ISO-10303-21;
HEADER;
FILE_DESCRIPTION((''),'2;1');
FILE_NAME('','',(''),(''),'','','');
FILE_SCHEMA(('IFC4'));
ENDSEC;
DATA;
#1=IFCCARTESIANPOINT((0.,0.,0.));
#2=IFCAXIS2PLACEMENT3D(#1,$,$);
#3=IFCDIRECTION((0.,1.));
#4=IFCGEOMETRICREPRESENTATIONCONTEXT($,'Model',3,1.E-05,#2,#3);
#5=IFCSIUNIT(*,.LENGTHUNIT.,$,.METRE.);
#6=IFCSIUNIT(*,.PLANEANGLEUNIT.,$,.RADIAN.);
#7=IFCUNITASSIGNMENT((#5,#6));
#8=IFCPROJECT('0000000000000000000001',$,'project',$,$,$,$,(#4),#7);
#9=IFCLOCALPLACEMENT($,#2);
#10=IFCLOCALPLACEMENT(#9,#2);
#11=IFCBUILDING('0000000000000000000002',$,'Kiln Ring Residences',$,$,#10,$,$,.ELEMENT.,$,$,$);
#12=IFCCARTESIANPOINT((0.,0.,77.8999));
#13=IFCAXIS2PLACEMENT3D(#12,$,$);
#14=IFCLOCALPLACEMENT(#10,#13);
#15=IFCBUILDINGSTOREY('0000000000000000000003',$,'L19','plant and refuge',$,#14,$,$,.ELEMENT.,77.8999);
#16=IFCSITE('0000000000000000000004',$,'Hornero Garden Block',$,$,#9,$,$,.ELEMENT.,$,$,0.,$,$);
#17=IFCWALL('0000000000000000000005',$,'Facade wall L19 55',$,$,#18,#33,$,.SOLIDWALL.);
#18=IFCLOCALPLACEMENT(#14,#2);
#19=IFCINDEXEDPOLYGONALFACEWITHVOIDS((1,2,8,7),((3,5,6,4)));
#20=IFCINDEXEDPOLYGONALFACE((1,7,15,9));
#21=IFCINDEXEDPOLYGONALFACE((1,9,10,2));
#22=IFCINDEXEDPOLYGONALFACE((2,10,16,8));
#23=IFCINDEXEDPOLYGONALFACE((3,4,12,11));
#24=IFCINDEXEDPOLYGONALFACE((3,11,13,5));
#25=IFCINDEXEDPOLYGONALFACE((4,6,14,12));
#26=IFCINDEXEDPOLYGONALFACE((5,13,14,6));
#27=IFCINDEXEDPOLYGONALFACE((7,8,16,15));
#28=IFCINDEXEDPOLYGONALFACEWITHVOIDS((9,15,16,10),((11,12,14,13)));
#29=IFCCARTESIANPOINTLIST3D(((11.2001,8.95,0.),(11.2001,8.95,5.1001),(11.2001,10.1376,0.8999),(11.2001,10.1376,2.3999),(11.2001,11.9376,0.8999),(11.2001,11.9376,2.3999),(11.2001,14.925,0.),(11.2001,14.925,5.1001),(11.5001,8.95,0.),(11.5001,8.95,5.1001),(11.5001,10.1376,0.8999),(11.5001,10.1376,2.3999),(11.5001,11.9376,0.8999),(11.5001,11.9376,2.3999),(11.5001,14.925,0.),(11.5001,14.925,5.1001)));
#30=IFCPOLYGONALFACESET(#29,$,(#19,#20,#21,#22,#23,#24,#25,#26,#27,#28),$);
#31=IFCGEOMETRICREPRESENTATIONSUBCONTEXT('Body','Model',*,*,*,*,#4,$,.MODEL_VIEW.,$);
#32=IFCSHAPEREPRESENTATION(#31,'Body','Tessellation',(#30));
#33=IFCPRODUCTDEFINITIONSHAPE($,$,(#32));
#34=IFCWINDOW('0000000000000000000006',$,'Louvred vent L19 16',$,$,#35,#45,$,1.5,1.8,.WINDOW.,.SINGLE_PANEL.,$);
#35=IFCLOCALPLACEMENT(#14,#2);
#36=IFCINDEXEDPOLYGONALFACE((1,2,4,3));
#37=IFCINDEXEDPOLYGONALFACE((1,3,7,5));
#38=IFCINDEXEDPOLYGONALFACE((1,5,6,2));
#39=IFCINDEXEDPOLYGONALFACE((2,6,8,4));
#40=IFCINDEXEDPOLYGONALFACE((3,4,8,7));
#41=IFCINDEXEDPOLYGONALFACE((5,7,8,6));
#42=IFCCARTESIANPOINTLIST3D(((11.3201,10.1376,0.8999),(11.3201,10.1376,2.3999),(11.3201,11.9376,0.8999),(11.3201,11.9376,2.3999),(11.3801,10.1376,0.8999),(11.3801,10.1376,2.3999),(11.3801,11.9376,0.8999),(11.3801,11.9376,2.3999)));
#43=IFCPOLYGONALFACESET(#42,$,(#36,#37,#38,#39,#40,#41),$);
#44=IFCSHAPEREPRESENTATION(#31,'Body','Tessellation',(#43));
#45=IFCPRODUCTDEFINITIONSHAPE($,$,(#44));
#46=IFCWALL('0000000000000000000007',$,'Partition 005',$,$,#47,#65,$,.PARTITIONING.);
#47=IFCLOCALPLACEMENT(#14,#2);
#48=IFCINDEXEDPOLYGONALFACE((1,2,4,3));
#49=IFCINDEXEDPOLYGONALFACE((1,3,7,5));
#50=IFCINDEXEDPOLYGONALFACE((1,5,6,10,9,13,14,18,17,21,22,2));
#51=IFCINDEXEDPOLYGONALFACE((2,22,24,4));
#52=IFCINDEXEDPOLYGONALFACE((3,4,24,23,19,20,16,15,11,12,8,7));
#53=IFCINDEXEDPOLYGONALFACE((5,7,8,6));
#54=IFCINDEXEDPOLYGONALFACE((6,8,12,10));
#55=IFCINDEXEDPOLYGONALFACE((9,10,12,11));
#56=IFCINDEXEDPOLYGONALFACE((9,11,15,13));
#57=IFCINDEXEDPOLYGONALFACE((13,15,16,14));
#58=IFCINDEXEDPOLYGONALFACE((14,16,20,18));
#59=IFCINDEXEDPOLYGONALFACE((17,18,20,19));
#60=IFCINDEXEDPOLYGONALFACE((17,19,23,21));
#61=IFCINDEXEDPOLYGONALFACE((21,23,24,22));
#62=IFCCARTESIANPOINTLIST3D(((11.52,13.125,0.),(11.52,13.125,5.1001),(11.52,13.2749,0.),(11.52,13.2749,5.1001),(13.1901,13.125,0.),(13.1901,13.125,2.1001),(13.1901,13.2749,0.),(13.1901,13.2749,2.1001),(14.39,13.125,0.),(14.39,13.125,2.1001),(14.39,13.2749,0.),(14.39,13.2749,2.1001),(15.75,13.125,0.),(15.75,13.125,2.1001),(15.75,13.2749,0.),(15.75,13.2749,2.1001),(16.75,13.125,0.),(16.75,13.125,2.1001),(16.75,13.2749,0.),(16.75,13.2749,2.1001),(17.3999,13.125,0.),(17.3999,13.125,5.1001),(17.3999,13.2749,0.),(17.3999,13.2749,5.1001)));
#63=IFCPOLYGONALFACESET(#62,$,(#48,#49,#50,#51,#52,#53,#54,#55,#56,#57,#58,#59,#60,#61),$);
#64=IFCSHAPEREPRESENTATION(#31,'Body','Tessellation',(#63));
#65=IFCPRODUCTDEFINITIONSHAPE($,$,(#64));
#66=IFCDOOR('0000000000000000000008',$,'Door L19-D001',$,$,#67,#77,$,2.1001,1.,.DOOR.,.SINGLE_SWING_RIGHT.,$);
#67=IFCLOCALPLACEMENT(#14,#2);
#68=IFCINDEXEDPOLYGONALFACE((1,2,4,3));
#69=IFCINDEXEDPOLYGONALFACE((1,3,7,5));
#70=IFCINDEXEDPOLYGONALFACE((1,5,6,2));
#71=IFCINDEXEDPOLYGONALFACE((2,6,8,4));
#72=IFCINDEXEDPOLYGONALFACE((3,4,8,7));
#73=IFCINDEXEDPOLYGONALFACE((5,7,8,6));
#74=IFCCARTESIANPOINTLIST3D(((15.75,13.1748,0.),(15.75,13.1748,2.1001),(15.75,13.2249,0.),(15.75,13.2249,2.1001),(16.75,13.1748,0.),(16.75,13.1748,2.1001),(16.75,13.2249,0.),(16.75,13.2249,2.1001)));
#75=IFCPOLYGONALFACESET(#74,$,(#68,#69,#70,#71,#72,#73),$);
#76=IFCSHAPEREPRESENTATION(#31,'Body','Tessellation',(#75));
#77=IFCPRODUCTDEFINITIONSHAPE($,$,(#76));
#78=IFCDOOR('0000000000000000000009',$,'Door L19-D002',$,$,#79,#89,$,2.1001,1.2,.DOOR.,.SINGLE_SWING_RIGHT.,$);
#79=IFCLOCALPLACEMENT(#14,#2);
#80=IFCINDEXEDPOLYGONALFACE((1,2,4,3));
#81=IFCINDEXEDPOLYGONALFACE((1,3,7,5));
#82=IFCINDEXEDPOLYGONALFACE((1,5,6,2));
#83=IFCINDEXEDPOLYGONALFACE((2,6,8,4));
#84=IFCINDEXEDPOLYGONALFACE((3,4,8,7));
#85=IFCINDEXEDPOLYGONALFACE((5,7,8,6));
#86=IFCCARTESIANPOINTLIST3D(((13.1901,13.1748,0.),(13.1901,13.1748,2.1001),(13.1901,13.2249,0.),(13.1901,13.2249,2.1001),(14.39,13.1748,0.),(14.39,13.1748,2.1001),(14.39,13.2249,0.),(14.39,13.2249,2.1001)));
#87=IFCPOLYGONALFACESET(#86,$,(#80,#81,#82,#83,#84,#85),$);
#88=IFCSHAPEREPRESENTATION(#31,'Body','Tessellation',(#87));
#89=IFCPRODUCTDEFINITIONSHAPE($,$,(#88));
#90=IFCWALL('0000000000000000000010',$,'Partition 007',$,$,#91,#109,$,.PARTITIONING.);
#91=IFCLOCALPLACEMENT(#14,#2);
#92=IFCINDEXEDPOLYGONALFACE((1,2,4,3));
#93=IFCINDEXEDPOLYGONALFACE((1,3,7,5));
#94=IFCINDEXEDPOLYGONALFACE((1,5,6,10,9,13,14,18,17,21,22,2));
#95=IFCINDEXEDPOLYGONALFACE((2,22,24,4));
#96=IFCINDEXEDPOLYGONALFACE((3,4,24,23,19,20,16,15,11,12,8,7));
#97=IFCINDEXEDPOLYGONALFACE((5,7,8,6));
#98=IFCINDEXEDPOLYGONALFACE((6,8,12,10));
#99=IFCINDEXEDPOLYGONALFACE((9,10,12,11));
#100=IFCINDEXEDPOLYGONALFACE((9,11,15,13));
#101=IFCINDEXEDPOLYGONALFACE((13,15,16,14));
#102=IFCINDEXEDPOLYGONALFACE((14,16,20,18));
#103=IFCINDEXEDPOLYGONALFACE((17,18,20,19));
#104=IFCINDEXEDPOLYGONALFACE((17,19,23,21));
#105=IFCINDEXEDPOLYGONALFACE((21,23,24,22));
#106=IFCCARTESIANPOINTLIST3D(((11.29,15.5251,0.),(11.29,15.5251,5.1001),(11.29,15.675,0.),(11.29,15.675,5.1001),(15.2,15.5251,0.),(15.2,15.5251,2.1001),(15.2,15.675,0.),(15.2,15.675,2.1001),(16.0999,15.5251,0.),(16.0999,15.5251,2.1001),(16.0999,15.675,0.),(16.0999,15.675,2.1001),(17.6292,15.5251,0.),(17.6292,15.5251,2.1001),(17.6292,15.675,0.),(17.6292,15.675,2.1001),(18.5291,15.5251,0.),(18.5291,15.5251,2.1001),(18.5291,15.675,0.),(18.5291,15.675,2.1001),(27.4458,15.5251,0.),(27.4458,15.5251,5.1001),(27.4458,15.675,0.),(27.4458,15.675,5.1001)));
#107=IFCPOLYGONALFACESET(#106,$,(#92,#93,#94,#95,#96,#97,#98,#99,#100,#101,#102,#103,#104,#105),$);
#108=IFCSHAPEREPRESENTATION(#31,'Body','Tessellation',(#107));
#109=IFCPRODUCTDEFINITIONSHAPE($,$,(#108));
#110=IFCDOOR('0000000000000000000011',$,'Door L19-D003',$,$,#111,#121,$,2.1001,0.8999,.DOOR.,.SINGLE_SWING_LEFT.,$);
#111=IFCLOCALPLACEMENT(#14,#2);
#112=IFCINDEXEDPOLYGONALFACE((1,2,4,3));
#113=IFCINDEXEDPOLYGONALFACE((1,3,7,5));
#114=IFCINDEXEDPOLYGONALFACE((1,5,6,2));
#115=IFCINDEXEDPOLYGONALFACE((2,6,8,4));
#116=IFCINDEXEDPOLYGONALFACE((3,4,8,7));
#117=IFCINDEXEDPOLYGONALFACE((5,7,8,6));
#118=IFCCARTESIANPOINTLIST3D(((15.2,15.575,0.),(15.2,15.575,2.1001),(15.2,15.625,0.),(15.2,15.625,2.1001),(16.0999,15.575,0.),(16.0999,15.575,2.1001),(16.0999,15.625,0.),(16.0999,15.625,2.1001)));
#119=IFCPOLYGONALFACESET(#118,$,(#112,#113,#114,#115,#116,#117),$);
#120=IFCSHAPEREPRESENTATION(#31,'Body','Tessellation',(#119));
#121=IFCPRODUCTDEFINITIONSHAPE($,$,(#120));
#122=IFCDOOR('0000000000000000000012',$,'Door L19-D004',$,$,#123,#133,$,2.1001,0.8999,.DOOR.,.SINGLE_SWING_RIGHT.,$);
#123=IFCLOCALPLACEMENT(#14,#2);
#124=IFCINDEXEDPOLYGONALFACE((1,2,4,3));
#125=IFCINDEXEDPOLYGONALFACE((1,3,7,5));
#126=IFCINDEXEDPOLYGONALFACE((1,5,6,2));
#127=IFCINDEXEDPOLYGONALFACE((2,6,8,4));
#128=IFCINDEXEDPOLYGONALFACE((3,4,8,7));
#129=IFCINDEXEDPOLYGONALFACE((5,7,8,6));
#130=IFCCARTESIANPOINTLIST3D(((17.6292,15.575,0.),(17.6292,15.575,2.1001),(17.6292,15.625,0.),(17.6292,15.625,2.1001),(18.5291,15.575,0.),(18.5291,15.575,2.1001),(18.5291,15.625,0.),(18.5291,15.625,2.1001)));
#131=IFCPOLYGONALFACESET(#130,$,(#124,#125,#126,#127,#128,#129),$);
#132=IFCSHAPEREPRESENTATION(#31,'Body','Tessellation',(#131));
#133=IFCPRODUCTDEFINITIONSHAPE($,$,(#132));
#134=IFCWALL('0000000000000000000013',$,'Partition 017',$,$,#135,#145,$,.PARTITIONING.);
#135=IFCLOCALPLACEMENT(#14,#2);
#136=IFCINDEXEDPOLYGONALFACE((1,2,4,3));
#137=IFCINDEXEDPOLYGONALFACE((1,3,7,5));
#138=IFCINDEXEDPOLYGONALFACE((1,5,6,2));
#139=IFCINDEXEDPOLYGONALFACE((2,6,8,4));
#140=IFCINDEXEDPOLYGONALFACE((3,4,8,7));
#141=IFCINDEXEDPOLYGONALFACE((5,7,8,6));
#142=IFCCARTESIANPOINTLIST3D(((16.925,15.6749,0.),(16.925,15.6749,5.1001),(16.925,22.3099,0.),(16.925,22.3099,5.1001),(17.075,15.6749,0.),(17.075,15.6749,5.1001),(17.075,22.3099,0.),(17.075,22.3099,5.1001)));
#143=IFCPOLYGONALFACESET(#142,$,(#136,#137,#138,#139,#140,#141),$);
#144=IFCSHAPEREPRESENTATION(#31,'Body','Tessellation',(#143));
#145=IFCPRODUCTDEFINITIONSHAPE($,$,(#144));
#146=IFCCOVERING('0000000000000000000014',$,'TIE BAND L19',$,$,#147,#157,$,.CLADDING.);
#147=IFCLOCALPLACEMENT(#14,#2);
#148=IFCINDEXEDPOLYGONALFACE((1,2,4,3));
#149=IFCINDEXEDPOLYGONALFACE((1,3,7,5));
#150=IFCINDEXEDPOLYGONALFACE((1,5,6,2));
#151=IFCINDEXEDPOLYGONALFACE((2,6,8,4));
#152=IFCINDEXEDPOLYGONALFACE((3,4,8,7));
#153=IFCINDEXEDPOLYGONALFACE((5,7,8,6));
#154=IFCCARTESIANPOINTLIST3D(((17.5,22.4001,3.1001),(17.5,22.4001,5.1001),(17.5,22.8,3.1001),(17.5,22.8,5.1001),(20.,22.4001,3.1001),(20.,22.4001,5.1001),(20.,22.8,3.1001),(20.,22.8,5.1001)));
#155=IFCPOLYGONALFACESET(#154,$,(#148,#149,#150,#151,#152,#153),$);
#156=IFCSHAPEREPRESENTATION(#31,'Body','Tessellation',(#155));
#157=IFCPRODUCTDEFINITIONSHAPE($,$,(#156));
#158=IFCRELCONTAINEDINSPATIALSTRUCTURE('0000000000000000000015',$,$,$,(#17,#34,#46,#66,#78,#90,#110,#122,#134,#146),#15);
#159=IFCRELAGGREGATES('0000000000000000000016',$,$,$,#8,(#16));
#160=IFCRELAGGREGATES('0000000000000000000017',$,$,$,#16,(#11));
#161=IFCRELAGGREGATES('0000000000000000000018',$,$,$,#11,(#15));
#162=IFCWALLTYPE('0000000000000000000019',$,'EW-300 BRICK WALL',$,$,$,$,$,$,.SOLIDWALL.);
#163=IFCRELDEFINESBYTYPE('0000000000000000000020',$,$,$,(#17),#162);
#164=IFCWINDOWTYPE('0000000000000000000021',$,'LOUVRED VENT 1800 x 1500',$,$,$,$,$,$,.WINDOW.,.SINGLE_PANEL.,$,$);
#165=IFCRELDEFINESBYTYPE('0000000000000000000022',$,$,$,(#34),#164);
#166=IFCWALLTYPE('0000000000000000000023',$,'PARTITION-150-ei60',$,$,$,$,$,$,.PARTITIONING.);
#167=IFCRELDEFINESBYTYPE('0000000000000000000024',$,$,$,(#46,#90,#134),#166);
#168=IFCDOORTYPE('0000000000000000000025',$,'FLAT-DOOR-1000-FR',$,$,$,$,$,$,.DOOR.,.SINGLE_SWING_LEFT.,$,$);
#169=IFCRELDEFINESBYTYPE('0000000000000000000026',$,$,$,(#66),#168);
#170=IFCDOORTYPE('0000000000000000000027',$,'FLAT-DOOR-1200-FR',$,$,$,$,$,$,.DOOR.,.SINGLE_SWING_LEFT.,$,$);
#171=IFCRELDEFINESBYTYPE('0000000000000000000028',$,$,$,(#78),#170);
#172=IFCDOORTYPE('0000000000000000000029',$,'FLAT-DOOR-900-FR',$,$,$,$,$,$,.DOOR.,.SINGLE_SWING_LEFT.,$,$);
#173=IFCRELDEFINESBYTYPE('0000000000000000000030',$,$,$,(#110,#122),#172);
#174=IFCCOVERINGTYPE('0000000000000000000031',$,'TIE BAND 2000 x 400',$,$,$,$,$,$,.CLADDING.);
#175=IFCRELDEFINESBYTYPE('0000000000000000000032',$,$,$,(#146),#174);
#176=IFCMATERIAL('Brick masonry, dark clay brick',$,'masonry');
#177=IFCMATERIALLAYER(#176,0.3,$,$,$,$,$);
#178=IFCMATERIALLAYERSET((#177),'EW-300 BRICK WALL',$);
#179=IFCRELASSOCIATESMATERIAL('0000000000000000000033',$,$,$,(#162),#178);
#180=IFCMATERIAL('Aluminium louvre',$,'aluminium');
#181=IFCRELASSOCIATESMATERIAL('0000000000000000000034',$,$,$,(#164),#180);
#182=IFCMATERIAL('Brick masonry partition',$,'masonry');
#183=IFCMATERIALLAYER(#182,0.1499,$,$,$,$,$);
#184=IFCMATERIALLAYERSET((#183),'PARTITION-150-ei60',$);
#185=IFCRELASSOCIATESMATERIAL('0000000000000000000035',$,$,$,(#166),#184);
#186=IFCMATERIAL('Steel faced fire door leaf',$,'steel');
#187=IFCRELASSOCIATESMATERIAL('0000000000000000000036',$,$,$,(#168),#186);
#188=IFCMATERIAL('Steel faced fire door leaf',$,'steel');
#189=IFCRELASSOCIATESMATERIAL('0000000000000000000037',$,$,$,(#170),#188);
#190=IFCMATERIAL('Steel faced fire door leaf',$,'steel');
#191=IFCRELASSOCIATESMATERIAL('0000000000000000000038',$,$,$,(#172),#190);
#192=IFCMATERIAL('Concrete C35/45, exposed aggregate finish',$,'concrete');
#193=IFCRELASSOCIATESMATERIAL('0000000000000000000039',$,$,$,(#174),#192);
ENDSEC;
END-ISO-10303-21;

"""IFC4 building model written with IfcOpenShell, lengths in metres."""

from ifc_helpers import new_model, si_unit, direction, frame, frame_2d, origin, origin_2d, place, context, subcontext, project, spatial, rectangle, extrude, material, layer, layer_set, type_object, element, fill, save


model = new_model("IFC4")

# Units and contexts
model_context = context("Model", 3, precision=1e-05, world=origin(), true_north=direction((0.0, 1.0)))
body_context = subcontext(model_context, "Body", "Model", "MODEL_VIEW")
ifc_project = project(units=[si_unit("LENGTHUNIT", "METRE"), si_unit("PLANEANGLEUNIT", "RADIAN")], contexts=[model_context])

# Site, building, storey
site_placement = place(None, origin())
site = spatial("IfcSite", under=ifc_project, at=site_placement, Name="Hornero Garden Block", CompositionType="ELEMENT", RefElevation=0.0)
building_placement = place(site_placement, origin())
building = spatial("IfcBuilding", under=site, at=building_placement, Name="Kiln Ring Residences", CompositionType="ELEMENT")
storey_placement = place(building_placement, frame((0.0, 0.0, 77.8999)))
storey = spatial("IfcBuildingStorey", under=building, at=storey_placement, Name="L19", Description="plant and refuge", CompositionType="ELEMENT", Elevation=77.8999)

# Wall, opening, window
ifc_material_1 = material(Name="Brick masonry, dark clay brick", Category="masonry")
ifc_layer_1 = layer(ifc_material_1, 0.3)
ifc_layer_set_1 = layer_set([ifc_layer_1], Name="EW-300 BRICK WALL")
wall_type_1 = type_object("IfcWallType", Name="EW-300 BRICK WALL", PredefinedType="SOLIDWALL", material=ifc_layer_set_1)
ifc_material_2 = material(Name="Aluminium louvre", Category="aluminium")
window_type = type_object("IfcWindowType", Name="LOUVRED VENT 1800 x 1500", PartitioningType="SINGLE_PANEL", PredefinedType="WINDOW", material=ifc_material_2)
wall_1_placement = place(storey_placement, frame((11.3501, 14.925, 0.0), z_axis=(0.0, 0.0, 1.0), x_axis=(0.0, -1.0, 0.0)))
wall_1 = element("IfcWall", 1, at=wall_1_placement, inside=storey, type_object=wall_type_1, Name="Facade wall L19 55", PredefinedType="SOLIDWALL", context=body_context, shape_type="SweptSolid", body=[
    extrude(rectangle(XDim=5.9751, YDim=0.3, at=frame_2d((2.9875, 0.0))), origin(), (0.0, 0.0, 1.0), 5.1001),
])
opening_1_placement = place(wall_1_placement, frame((2.9875, 0.0, 0.8999)))
opening_1 = element("IfcOpeningElement", 2, at=opening_1_placement, cuts=wall_1, PredefinedType="OPENING", context=body_context, shape_type="SweptSolid", body=[
    extrude(rectangle(XDim=1.8, YDim=1.5, at=frame_2d((0.8999, 0.75))), frame((0.0, 0.1599, 0.0), z_axis=(0.0, -1.0, 0.0), x_axis=(1.0, 0.0, 0.0)), (0.0, 0.0, 1.0), 0.3201),
])
window_1_placement = place(opening_1_placement, origin())
window_1 = element("IfcWindow", 3, at=window_1_placement, inside=storey, type_object=window_type, Name="Louvred vent L19 16", OverallHeight=1.5, OverallWidth=1.8, PartitioningType="SINGLE_PANEL", PredefinedType="WINDOW", context=body_context, shape_type="SweptSolid", body=[
    extrude(rectangle(XDim=1.8, YDim=1.5, at=frame_2d((0.8999, 0.75))), frame((0.0, 0.03, 0.0), z_axis=(0.0, -1.0, 0.0), x_axis=(1.0, 0.0, 0.0)), (0.0, 0.0, 1.0), 0.0601),
])
fill(opening_1, window_1)

# Walls, openings, doors
ifc_material_3 = material(Name="Brick masonry partition", Category="masonry")
ifc_layer_2 = layer(ifc_material_3, 0.1499)
ifc_layer_set_2 = layer_set([ifc_layer_2], Name="PARTITION-150-ei60")
wall_type_2 = type_object("IfcWallType", Name="PARTITION-150-ei60", PredefinedType="PARTITIONING", material=ifc_layer_set_2)
wall_2_placement = place(storey_placement, frame((11.52, 13.2, 0.0), z_axis=(0.0, 0.0, 1.0), x_axis=(1.0, 0.0, 0.0)))
wall_2 = element("IfcWall", 4, at=wall_2_placement, inside=storey, type_object=wall_type_2, Name="Partition 005", PredefinedType="PARTITIONING", context=body_context, shape_type="SweptSolid", body=[
    extrude(rectangle(XDim=5.8799, YDim=0.1499, at=frame_2d((2.9399, 0.0))), origin(), (0.0, 0.0, 1.0), 5.1001),
])
opening_2_placement = place(wall_2_placement, frame((4.23, 0.0, 0.0)))
opening_2 = element("IfcOpeningElement", 5, at=opening_2_placement, cuts=wall_2, PredefinedType="OPENING", context=body_context, shape_type="SweptSolid", body=[
    extrude(rectangle(XDim=1.0, YDim=2.1001, at=frame_2d((0.5, 1.05))), frame((0.0, 0.085, 0.0), z_axis=(0.0, -1.0, 0.0), x_axis=(1.0, 0.0, 0.0)), (0.0, 0.0, 1.0), 0.1699),
])
opening_3_placement = place(wall_2_placement, frame((1.6699, 0.0, 0.0)))
opening_3 = element("IfcOpeningElement", 6, at=opening_3_placement, cuts=wall_2, PredefinedType="OPENING", context=body_context, shape_type="SweptSolid", body=[
    extrude(rectangle(XDim=1.2, YDim=2.1001, at=frame_2d((0.6001, 1.05))), frame((0.0, 0.085, 0.0), z_axis=(0.0, -1.0, 0.0), x_axis=(1.0, 0.0, 0.0)), (0.0, 0.0, 1.0), 0.1699),
])
ifc_material_4 = material(Name="Steel faced fire door leaf", Category="steel")
door_type_1 = type_object("IfcDoorType", Name="FLAT-DOOR-1000-FR", OperationType="SINGLE_SWING_LEFT", PredefinedType="DOOR", material=ifc_material_4)
door_1_placement = place(opening_2_placement, origin())
door_1 = element("IfcDoor", 7, at=door_1_placement, inside=storey, type_object=door_type_1, Name="Door L19-D001", OperationType="SINGLE_SWING_RIGHT", OverallHeight=2.1001, OverallWidth=1.0, PredefinedType="DOOR", context=body_context, shape_type="SweptSolid", body=[
    extrude(rectangle(XDim=1.0, YDim=2.1001, at=frame_2d((0.5, 1.05))), frame((0.0, 0.0249, 0.0), z_axis=(0.0, -1.0, 0.0), x_axis=(1.0, 0.0, 0.0)), (0.0, 0.0, 1.0), 0.05),
])
fill(opening_2, door_1)
ifc_material_5 = material(Name="Steel faced fire door leaf", Category="steel")
door_type_2 = type_object("IfcDoorType", Name="FLAT-DOOR-1200-FR", OperationType="SINGLE_SWING_LEFT", PredefinedType="DOOR", material=ifc_material_5)
door_2_placement = place(opening_3_placement, origin())
door_2 = element("IfcDoor", 8, at=door_2_placement, inside=storey, type_object=door_type_2, Name="Door L19-D002", OperationType="SINGLE_SWING_RIGHT", OverallHeight=2.1001, OverallWidth=1.2, PredefinedType="DOOR", context=body_context, shape_type="SweptSolid", body=[
    extrude(rectangle(XDim=1.2, YDim=2.1001, at=frame_2d((0.6001, 1.05))), frame((0.0, 0.0249, 0.0), z_axis=(0.0, -1.0, 0.0), x_axis=(1.0, 0.0, 0.0)), (0.0, 0.0, 1.0), 0.05),
])
fill(opening_3, door_2)
wall_3_placement = place(storey_placement, frame((11.29, 15.6001, 0.0), z_axis=(0.0, 0.0, 1.0), x_axis=(1.0, 0.0, 0.0)))
wall_3 = element("IfcWall", 9, at=wall_3_placement, inside=storey, type_object=wall_type_2, Name="Partition 007", PredefinedType="PARTITIONING", context=body_context, shape_type="SweptSolid", body=[
    extrude(rectangle(XDim=16.1558, YDim=0.1499, at=frame_2d((8.0779, 0.0))), origin(), (0.0, 0.0, 1.0), 5.1001),
])
opening_4_placement = place(wall_3_placement, frame((3.9099, 0.0, 0.0)))
opening_4 = element("IfcOpeningElement", 10, at=opening_4_placement, cuts=wall_3, PredefinedType="OPENING", context=body_context, shape_type="SweptSolid", body=[
    extrude(rectangle(XDim=0.8999, YDim=2.1001, at=frame_2d((0.45, 1.05))), frame((0.0, 0.085, 0.0), z_axis=(0.0, -1.0, 0.0), x_axis=(1.0, 0.0, 0.0)), (0.0, 0.0, 1.0), 0.1699),
])
opening_5_placement = place(wall_3_placement, frame((6.3391, 0.0, 0.0)))
opening_5 = element("IfcOpeningElement", 11, at=opening_5_placement, cuts=wall_3, PredefinedType="OPENING", context=body_context, shape_type="SweptSolid", body=[
    extrude(rectangle(XDim=0.8999, YDim=2.1001, at=frame_2d((0.45, 1.05))), frame((0.0, 0.085, 0.0), z_axis=(0.0, -1.0, 0.0), x_axis=(1.0, 0.0, 0.0)), (0.0, 0.0, 1.0), 0.1699),
])
ifc_material_6 = material(Name="Steel faced fire door leaf", Category="steel")
door_type_3 = type_object("IfcDoorType", Name="FLAT-DOOR-900-FR", OperationType="SINGLE_SWING_LEFT", PredefinedType="DOOR", material=ifc_material_6)
door_3_placement = place(opening_4_placement, origin())
door_3 = element("IfcDoor", 12, at=door_3_placement, inside=storey, type_object=door_type_3, Name="Door L19-D003", OperationType="SINGLE_SWING_LEFT", OverallHeight=2.1001, OverallWidth=0.8999, PredefinedType="DOOR", context=body_context, shape_type="SweptSolid", body=[
    extrude(rectangle(XDim=0.8999, YDim=2.1001, at=frame_2d((0.45, 1.05))), frame((0.0, 0.0249, 0.0), z_axis=(0.0, -1.0, 0.0), x_axis=(1.0, 0.0, 0.0)), (0.0, 0.0, 1.0), 0.05),
])
fill(opening_4, door_3)
door_4_placement = place(opening_5_placement, origin())
door_4 = element("IfcDoor", 13, at=door_4_placement, inside=storey, type_object=door_type_3, Name="Door L19-D004", OperationType="SINGLE_SWING_RIGHT", OverallHeight=2.1001, OverallWidth=0.8999, PredefinedType="DOOR", context=body_context, shape_type="SweptSolid", body=[
    extrude(rectangle(XDim=0.8999, YDim=2.1001, at=frame_2d((0.45, 1.05))), frame((0.0, 0.0249, 0.0), z_axis=(0.0, -1.0, 0.0), x_axis=(1.0, 0.0, 0.0)), (0.0, 0.0, 1.0), 0.05),
])
fill(opening_5, door_4)

# Wall
wall_4_placement = place(storey_placement, frame((17.0, 15.675, 0.0), z_axis=(0.0, 0.0, 1.0), x_axis=(0.0, 1.0, 0.0)))
element("IfcWall", 14, at=wall_4_placement, inside=storey, type_object=wall_type_2, Name="Partition 017", PredefinedType="PARTITIONING", context=body_context, shape_type="SweptSolid", body=[
    extrude(rectangle(XDim=6.635, YDim=0.1499, at=frame_2d((3.3174, 0.0))), origin(), (0.0, 0.0, 1.0), 5.1001),
])

# Covering
ifc_material_7 = material(Name="Concrete C35/45, exposed aggregate finish", Category="concrete")
covering_type = type_object("IfcCoveringType", Name="TIE BAND 2000 x 400", PredefinedType="CLADDING", material=ifc_material_7)
covering_1_placement = place(storey_placement, frame((18.75, 22.6001, 3.1001), z_axis=(0.0, 0.0, 1.0), x_axis=(-1.0, 0.0, 0.0)))
element("IfcCovering", 15, at=covering_1_placement, inside=storey, type_object=covering_type, Name="TIE BAND L19", PredefinedType="CLADDING", context=body_context, shape_type="SweptSolid", body=[
    extrude(rectangle(XDim=2.5, YDim=0.3999, at=origin_2d()), origin(), (0.0, 0.0, 1.0), 2.0),
])

save(model, "model.ifc")
